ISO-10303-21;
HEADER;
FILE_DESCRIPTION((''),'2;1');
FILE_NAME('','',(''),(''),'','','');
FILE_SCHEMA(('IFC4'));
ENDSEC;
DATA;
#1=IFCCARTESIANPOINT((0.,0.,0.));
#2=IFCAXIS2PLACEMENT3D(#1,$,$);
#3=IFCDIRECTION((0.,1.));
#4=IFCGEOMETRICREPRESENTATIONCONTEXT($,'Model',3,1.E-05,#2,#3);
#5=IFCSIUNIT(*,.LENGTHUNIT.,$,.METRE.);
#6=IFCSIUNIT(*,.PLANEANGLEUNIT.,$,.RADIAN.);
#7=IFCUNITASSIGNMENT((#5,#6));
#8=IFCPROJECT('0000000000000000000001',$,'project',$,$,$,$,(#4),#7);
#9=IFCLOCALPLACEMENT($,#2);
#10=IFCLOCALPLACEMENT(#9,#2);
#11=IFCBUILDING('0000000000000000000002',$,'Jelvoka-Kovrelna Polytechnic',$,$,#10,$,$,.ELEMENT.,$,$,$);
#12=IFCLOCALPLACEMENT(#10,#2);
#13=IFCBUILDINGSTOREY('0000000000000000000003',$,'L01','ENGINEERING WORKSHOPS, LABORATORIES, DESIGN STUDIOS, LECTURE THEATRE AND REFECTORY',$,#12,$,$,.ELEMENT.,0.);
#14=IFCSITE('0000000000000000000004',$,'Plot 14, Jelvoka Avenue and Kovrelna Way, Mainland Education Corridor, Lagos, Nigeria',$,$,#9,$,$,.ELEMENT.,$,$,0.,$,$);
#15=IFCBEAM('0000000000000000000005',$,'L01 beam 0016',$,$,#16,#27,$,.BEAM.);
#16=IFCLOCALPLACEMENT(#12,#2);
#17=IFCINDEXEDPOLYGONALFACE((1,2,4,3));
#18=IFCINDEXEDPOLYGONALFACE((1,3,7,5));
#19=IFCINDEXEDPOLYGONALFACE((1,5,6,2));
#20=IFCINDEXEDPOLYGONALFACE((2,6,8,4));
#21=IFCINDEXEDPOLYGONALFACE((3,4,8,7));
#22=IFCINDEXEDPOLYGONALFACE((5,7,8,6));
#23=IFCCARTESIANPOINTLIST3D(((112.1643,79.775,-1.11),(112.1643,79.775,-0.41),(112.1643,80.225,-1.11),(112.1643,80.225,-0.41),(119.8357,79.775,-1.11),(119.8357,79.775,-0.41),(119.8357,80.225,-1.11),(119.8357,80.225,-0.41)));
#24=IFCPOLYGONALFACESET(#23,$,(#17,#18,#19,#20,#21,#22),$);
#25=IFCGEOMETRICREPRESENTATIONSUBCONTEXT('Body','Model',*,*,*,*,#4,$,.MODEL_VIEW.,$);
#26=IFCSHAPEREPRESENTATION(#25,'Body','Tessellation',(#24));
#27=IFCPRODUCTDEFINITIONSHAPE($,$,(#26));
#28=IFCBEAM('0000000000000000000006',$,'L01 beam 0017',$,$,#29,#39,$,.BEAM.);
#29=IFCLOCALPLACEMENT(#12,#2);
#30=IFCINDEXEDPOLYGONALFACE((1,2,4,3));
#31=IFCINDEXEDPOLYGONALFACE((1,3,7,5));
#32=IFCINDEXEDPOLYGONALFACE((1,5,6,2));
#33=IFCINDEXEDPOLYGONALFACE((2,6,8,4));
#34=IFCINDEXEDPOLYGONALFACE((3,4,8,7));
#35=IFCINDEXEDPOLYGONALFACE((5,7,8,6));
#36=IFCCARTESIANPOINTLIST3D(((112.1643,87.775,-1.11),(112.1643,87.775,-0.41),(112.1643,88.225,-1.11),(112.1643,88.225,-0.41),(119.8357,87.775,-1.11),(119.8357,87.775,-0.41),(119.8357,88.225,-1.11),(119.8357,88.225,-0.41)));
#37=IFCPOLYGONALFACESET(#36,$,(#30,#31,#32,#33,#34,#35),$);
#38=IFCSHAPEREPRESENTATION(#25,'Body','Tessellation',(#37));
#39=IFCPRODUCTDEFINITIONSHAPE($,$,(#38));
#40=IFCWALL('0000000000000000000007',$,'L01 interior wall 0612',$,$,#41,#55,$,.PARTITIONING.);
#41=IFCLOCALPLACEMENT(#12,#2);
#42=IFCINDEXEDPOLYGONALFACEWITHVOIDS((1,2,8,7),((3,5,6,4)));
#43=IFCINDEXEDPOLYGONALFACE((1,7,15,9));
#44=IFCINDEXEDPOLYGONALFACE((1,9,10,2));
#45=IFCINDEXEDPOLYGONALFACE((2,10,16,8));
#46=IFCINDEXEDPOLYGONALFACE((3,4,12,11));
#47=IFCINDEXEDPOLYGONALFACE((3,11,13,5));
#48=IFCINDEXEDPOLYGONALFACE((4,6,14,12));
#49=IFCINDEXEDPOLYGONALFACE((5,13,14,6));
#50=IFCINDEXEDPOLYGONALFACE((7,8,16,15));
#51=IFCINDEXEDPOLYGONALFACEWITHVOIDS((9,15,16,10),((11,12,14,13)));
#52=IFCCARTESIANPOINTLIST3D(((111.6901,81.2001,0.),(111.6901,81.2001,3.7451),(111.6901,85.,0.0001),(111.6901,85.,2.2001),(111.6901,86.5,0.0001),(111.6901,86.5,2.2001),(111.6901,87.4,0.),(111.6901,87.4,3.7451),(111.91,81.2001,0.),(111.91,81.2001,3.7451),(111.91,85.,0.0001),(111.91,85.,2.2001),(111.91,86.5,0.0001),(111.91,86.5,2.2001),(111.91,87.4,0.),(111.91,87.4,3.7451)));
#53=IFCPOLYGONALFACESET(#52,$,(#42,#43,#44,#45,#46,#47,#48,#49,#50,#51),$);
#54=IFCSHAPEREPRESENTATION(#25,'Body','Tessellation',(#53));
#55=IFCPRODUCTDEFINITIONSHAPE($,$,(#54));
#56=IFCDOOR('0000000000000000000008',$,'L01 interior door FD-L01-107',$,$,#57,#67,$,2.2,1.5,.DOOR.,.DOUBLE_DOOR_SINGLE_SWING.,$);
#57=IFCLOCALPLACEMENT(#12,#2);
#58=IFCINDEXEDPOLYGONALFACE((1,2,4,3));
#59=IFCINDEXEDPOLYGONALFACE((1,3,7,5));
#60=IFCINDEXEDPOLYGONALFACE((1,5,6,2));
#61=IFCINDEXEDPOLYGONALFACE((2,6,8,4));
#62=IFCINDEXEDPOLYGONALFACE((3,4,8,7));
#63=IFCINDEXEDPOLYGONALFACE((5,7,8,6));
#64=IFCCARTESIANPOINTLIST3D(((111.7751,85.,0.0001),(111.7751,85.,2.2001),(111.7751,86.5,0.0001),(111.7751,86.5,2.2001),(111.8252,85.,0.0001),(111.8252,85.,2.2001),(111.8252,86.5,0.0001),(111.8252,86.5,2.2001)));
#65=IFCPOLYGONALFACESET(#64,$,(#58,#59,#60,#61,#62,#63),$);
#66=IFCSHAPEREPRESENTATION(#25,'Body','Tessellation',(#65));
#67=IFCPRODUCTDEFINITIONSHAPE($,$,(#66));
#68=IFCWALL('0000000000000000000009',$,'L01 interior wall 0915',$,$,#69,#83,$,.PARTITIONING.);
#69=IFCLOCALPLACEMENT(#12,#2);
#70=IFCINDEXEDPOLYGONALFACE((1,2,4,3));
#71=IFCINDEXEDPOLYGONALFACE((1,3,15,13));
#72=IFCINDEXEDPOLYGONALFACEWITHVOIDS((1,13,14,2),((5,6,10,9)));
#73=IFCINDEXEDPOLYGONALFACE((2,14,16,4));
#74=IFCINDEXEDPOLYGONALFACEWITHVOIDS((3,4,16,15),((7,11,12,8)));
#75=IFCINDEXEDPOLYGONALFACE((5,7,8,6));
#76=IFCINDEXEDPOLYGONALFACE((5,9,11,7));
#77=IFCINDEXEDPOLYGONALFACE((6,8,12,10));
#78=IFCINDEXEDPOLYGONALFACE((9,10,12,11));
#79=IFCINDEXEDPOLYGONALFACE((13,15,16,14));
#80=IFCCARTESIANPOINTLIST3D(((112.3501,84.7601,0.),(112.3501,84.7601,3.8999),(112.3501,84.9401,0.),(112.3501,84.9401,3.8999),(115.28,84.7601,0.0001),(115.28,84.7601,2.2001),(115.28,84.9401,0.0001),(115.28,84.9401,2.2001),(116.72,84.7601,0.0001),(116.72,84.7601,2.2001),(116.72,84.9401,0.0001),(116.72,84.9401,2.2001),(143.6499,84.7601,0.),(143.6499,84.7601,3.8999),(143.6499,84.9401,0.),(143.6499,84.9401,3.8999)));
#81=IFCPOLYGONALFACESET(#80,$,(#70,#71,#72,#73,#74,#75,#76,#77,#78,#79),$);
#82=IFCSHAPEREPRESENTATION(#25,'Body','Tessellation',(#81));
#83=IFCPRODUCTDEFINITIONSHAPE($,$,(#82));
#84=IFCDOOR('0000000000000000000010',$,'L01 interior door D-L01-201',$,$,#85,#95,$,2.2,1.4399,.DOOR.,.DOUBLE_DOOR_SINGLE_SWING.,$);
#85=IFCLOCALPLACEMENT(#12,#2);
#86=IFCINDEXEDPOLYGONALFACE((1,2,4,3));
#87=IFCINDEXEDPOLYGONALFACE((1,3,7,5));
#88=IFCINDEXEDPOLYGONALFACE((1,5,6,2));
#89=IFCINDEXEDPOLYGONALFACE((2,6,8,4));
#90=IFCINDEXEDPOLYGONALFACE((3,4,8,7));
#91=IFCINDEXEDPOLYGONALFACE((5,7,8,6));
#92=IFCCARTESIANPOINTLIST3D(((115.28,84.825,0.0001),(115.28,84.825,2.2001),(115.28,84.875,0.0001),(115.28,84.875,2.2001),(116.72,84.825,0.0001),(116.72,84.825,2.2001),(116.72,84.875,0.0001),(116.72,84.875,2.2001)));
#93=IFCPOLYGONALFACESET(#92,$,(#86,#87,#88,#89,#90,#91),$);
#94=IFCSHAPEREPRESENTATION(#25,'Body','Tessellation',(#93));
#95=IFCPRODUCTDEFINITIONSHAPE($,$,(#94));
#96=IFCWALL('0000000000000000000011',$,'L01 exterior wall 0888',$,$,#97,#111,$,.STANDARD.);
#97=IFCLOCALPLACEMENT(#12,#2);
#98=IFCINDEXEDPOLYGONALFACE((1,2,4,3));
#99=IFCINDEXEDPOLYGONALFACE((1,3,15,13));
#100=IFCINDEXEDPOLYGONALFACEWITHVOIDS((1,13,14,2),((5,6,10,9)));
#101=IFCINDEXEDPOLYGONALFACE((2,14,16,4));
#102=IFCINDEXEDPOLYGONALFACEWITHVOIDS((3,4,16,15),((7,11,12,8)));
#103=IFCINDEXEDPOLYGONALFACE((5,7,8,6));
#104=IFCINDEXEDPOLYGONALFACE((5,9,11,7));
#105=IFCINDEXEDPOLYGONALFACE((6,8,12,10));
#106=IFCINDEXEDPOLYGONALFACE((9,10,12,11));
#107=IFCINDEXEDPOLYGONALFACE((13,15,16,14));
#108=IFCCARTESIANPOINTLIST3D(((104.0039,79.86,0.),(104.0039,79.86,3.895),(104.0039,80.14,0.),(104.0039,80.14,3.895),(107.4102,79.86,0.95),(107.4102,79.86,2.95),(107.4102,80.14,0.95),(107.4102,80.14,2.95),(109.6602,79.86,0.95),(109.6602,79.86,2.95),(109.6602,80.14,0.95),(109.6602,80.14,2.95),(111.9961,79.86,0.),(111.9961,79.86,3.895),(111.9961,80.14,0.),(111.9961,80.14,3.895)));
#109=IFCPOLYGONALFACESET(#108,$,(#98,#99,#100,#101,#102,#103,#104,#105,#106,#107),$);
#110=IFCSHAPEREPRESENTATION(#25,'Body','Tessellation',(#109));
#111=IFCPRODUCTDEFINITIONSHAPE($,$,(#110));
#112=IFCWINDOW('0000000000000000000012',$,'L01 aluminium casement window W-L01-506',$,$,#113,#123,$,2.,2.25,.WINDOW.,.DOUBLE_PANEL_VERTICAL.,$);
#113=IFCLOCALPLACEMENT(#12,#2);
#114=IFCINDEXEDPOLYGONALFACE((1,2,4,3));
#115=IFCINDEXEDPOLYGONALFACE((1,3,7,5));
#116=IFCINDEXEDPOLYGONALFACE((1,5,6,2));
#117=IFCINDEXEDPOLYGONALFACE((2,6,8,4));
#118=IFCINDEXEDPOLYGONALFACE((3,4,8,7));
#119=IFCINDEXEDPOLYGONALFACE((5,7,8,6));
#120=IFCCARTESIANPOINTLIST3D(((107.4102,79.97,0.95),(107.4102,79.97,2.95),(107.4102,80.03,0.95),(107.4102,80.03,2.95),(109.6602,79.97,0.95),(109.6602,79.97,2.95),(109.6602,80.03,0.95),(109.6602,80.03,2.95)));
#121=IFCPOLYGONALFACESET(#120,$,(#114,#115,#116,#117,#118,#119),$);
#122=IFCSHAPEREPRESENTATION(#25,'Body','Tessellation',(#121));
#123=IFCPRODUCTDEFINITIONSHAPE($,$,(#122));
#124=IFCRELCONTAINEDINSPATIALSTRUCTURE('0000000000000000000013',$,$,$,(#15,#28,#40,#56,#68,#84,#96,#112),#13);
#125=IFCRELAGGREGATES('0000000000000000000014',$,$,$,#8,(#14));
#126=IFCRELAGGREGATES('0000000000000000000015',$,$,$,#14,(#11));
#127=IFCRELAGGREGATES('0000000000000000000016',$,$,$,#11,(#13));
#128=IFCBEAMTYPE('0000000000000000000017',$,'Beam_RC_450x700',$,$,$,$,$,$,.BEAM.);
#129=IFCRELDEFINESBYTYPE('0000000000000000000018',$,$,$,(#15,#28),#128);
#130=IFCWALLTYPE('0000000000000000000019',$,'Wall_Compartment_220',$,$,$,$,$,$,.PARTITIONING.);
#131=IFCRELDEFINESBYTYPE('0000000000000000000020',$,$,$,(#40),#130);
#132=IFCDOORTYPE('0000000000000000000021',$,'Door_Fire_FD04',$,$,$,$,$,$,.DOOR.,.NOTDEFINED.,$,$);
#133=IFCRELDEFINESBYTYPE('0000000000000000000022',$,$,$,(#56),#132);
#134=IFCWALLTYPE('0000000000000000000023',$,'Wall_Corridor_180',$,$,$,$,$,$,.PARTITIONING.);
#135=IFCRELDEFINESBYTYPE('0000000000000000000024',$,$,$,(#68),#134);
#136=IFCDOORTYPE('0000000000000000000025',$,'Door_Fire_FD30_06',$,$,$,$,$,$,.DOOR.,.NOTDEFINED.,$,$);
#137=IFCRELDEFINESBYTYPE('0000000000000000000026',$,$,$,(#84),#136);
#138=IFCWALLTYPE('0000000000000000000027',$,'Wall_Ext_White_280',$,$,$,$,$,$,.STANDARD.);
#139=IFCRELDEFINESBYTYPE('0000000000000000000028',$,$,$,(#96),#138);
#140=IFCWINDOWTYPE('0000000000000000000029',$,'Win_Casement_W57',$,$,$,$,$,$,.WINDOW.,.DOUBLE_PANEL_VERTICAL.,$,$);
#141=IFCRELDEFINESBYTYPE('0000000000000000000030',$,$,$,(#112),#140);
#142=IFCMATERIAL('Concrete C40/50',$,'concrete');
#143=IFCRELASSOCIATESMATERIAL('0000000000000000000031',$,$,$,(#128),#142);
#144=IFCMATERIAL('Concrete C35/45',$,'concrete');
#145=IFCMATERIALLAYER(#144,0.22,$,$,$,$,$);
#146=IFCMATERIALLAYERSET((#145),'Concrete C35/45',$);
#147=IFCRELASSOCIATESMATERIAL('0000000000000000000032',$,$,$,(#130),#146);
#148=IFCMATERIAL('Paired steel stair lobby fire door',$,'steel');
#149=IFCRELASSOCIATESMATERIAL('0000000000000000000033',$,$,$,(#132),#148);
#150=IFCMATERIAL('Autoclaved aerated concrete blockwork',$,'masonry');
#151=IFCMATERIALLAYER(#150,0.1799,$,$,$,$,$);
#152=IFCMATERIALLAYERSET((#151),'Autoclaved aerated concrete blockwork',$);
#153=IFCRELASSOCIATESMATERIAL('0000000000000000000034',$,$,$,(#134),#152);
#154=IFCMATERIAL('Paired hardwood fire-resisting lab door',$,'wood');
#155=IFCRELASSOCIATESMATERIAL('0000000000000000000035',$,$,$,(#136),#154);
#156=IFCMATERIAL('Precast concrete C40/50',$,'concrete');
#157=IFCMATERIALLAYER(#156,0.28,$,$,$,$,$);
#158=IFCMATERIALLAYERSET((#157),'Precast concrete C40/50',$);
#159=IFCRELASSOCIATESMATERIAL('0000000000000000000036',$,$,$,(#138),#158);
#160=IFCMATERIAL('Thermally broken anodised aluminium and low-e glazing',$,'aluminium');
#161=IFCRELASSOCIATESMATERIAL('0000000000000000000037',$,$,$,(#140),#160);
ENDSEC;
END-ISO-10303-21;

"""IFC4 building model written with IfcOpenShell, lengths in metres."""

from ifc_helpers import new_model, si_unit, direction, frame, frame_2d, origin, origin_2d, place, context, subcontext, project, spatial, rectangle, extrude, material, layer, layer_set, material_profile, profile_set, type_object, element, fill, save


model = new_model("IFC4")

# Units and contexts
model_context = context("Model", 3, precision=1e-05, world=origin(), true_north=direction((0.0, 1.0)))
body_context = subcontext(model_context, "Body", "Model", "MODEL_VIEW")
ifc_project = project(units=[si_unit("LENGTHUNIT", "METRE"), si_unit("PLANEANGLEUNIT", "RADIAN")], contexts=[model_context])

# Site, building, storey
site_placement = place(None, origin())
site = spatial("IfcSite", under=ifc_project, at=site_placement, Name="Plot 14, Jelvoka Avenue and Kovrelna Way, Mainland Education Corridor, Lagos, Nigeria", CompositionType="ELEMENT", RefElevation=0.0)
building_placement = place(site_placement, origin())
building = spatial("IfcBuilding", under=site, at=building_placement, Name="Jelvoka-Kovrelna Polytechnic", CompositionType="ELEMENT")
storey_placement = place(building_placement, origin())
storey = spatial("IfcBuildingStorey", under=building, at=storey_placement, Name="L01", Description="ENGINEERING WORKSHOPS, LABORATORIES, DESIGN STUDIOS, LECTURE THEATRE AND REFECTORY", CompositionType="ELEMENT", Elevation=0.0)

# Beams
ifc_material_1 = material(Name="Concrete C40/50", Category="concrete")
ifc_material_profile_1 = material_profile(ifc_material_1, rectangle(XDim=0.45, YDim=0.7, at=origin_2d()), Name="RC 450x700")
ifc_profile_set_1 = profile_set([ifc_material_profile_1], Name="Concrete C40/50")
beam_type = type_object("IfcBeamType", Name="Beam_RC_450x700", PredefinedType="BEAM", material=ifc_profile_set_1)
for number, where, z_axis, x_axis, name in (
    (1, (112.1643, 80.0, -0.76), (1.0, 0.0, 0.0), (0.0, 1.0, 0.0), "L01 beam 0016"),
    (2, (112.1643, 88.0, -0.76), (1.0, 0.0, 0.0), (0.0, 1.0, 0.0), "L01 beam 0017"),
):
    element("IfcBeam", number, at=place(storey_placement, frame(where, z_axis=z_axis, x_axis=x_axis)), inside=storey, type_object=beam_type, Name=name, PredefinedType="BEAM", context=body_context, shape_type="SweptSolid", body=[
        extrude(rectangle(XDim=0.45, YDim=0.7, at=origin_2d()), origin(), (0.0, 0.0, 1.0), 7.6714),
    ])

# Walls, openings, doors
ifc_material_2 = material(Name="Concrete C35/45", Category="concrete")
ifc_layer_1 = layer(ifc_material_2, 0.22)
ifc_layer_set_1 = layer_set([ifc_layer_1], Name="Concrete C35/45")
wall_type_1 = type_object("IfcWallType", Name="Wall_Compartment_220", PredefinedType="PARTITIONING", material=ifc_layer_set_1)
wall_1_placement = place(storey_placement, frame((111.8, 81.2, 0.0), z_axis=(0.0, 0.0, 1.0), x_axis=(0.0, 1.0, 0.0)))
wall_1 = element("IfcWall", 3, at=wall_1_placement, inside=storey, type_object=wall_type_1, Name="L01 interior wall 0612", PredefinedType="PARTITIONING", context=body_context, shape_type="SweptSolid", body=[
    extrude(rectangle(XDim=6.2, YDim=0.22, at=frame_2d((3.1001, 0.0))), origin(), (0.0, 0.0, 1.0), 3.7451),
])
opening_1_placement = place(wall_1_placement, frame((3.8, 0.0, 0.0)))
opening_1 = element("IfcOpeningElement", 4, at=opening_1_placement, cuts=wall_1, PredefinedType="OPENING", context=body_context, shape_type="SweptSolid", body=[
    extrude(rectangle(XDim=1.5, YDim=2.2, at=frame_2d((0.75, 1.1001))), frame((0.0, 0.1199, 0.0), z_axis=(0.0, -1.0, 0.0), x_axis=(1.0, 0.0, 0.0)), (0.0, 0.0, 1.0), 0.24),
])
ifc_material_3 = material(Name="Paired steel stair lobby fire door", Category="steel")
door_type_1 = type_object("IfcDoorType", Name="Door_Fire_FD04", OperationType="NOTDEFINED", PredefinedType="DOOR", material=ifc_material_3)
door_1_placement = place(opening_1_placement, origin())
door_1 = element("IfcDoor", 5, at=door_1_placement, inside=storey, type_object=door_type_1, Name="L01 interior door FD-L01-107", OperationType="DOUBLE_DOOR_SINGLE_SWING", OverallHeight=2.2, OverallWidth=1.5, PredefinedType="DOOR", context=body_context, shape_type="SweptSolid", body=[
    extrude(rectangle(XDim=1.5, YDim=2.2, at=frame_2d((0.75, 1.1001))), frame((0.0, 0.0249, 0.0), z_axis=(0.0, -1.0, 0.0), x_axis=(1.0, 0.0, 0.0)), (0.0, 0.0, 1.0), 0.05),
])
fill(opening_1, door_1)
ifc_material_4 = material(Name="Autoclaved aerated concrete blockwork", Category="masonry")
ifc_layer_2 = layer(ifc_material_4, 0.1799)
ifc_layer_set_2 = layer_set([ifc_layer_2], Name="Autoclaved aerated concrete blockwork")
wall_type_2 = type_object("IfcWallType", Name="Wall_Corridor_180", PredefinedType="PARTITIONING", material=ifc_layer_set_2)
wall_2_placement = place(storey_placement, frame((112.3501, 84.8501, 0.0), z_axis=(0.0, 0.0, 1.0), x_axis=(1.0, 0.0, 0.0)))
wall_2 = element("IfcWall", 6, at=wall_2_placement, inside=storey, type_object=wall_type_2, Name="L01 interior wall 0915", PredefinedType="PARTITIONING", context=body_context, shape_type="SweptSolid", body=[
    extrude(rectangle(XDim=31.2998, YDim=0.1799, at=frame_2d((15.6499, 0.0))), origin(), (0.0, 0.0, 1.0), 3.8999),
])
opening_2_placement = place(wall_2_placement, frame((2.9299, 0.0, 0.0)))
opening_2 = element("IfcOpeningElement", 7, at=opening_2_placement, cuts=wall_2, PredefinedType="OPENING", context=body_context, shape_type="SweptSolid", body=[
    extrude(rectangle(XDim=1.4399, YDim=2.2, at=frame_2d((0.72, 1.1001))), frame((0.0, 0.0999, 0.0), z_axis=(0.0, -1.0, 0.0), x_axis=(1.0, 0.0, 0.0)), (0.0, 0.0, 1.0), 0.2),
])
ifc_material_5 = material(Name="Paired hardwood fire-resisting lab door", Category="wood")
door_type_2 = type_object("IfcDoorType", Name="Door_Fire_FD30_06", OperationType="NOTDEFINED", PredefinedType="DOOR", material=ifc_material_5)
door_2_placement = place(opening_2_placement, origin())
door_2 = element("IfcDoor", 8, at=door_2_placement, inside=storey, type_object=door_type_2, Name="L01 interior door D-L01-201", OperationType="DOUBLE_DOOR_SINGLE_SWING", OverallHeight=2.2, OverallWidth=1.4399, PredefinedType="DOOR", context=body_context, shape_type="SweptSolid", body=[
    extrude(rectangle(XDim=1.4399, YDim=2.2, at=frame_2d((0.72, 1.1001))), frame((0.0, 0.0249, 0.0), z_axis=(0.0, -1.0, 0.0), x_axis=(1.0, 0.0, 0.0)), (0.0, 0.0, 1.0), 0.05),
])
fill(opening_2, door_2)

# Wall, opening, window
ifc_material_6 = material(Name="Precast concrete C40/50", Category="concrete")
ifc_layer_3 = layer(ifc_material_6, 0.28)
ifc_layer_set_3 = layer_set([ifc_layer_3], Name="Precast concrete C40/50")
wall_type_3 = type_object("IfcWallType", Name="Wall_Ext_White_280", PredefinedType="STANDARD", material=ifc_layer_set_3)
wall_3_placement = place(storey_placement, frame((111.9961, 80.0, 0.0), z_axis=(0.0, 0.0, 1.0), x_axis=(-1.0, 0.0, 0.0)))
wall_3 = element("IfcWall", 9, at=wall_3_placement, inside=storey, type_object=wall_type_3, Name="L01 exterior wall 0888", PredefinedType="STANDARD", context=body_context, shape_type="SweptSolid", body=[
    extrude(rectangle(XDim=7.9922, YDim=0.28, at=frame_2d((3.9961, 0.0))), origin(), (0.0, 0.0, 1.0), 3.895),
])
opening_3_placement = place(wall_3_placement, frame((2.3359, 0.0, 0.95)))
opening_3 = element("IfcOpeningElement", 10, at=opening_3_placement, cuts=wall_3, PredefinedType="OPENING", context=body_context, shape_type="SweptSolid", body=[
    extrude(rectangle(XDim=2.25, YDim=2.0, at=frame_2d((1.125, 1.0))), frame((0.0, 0.1501, 0.0), z_axis=(0.0, -1.0, 0.0), x_axis=(1.0, 0.0, 0.0)), (0.0, 0.0, 1.0), 0.3),
])
ifc_material_7 = material(Name="Thermally broken anodised aluminium and low-e glazing", Category="aluminium")
window_type = type_object("IfcWindowType", Name="Win_Casement_W57", PartitioningType="DOUBLE_PANEL_VERTICAL", PredefinedType="WINDOW", material=ifc_material_7)
window_placement = place(opening_3_placement, origin())
window = element("IfcWindow", 11, at=window_placement, inside=storey, type_object=window_type, Name="L01 aluminium casement window W-L01-506", OverallHeight=2.0, OverallWidth=2.25, PartitioningType="DOUBLE_PANEL_VERTICAL", PredefinedType="WINDOW", context=body_context, shape_type="SweptSolid", body=[
    extrude(rectangle(XDim=2.25, YDim=2.0, at=frame_2d((1.125, 1.0))), frame((0.0, 0.03, 0.0), z_axis=(0.0, -1.0, 0.0), x_axis=(1.0, 0.0, 0.0)), (0.0, 0.0, 1.0), 0.0601),
])
fill(opening_3, window)

save(model, "model.ifc")
